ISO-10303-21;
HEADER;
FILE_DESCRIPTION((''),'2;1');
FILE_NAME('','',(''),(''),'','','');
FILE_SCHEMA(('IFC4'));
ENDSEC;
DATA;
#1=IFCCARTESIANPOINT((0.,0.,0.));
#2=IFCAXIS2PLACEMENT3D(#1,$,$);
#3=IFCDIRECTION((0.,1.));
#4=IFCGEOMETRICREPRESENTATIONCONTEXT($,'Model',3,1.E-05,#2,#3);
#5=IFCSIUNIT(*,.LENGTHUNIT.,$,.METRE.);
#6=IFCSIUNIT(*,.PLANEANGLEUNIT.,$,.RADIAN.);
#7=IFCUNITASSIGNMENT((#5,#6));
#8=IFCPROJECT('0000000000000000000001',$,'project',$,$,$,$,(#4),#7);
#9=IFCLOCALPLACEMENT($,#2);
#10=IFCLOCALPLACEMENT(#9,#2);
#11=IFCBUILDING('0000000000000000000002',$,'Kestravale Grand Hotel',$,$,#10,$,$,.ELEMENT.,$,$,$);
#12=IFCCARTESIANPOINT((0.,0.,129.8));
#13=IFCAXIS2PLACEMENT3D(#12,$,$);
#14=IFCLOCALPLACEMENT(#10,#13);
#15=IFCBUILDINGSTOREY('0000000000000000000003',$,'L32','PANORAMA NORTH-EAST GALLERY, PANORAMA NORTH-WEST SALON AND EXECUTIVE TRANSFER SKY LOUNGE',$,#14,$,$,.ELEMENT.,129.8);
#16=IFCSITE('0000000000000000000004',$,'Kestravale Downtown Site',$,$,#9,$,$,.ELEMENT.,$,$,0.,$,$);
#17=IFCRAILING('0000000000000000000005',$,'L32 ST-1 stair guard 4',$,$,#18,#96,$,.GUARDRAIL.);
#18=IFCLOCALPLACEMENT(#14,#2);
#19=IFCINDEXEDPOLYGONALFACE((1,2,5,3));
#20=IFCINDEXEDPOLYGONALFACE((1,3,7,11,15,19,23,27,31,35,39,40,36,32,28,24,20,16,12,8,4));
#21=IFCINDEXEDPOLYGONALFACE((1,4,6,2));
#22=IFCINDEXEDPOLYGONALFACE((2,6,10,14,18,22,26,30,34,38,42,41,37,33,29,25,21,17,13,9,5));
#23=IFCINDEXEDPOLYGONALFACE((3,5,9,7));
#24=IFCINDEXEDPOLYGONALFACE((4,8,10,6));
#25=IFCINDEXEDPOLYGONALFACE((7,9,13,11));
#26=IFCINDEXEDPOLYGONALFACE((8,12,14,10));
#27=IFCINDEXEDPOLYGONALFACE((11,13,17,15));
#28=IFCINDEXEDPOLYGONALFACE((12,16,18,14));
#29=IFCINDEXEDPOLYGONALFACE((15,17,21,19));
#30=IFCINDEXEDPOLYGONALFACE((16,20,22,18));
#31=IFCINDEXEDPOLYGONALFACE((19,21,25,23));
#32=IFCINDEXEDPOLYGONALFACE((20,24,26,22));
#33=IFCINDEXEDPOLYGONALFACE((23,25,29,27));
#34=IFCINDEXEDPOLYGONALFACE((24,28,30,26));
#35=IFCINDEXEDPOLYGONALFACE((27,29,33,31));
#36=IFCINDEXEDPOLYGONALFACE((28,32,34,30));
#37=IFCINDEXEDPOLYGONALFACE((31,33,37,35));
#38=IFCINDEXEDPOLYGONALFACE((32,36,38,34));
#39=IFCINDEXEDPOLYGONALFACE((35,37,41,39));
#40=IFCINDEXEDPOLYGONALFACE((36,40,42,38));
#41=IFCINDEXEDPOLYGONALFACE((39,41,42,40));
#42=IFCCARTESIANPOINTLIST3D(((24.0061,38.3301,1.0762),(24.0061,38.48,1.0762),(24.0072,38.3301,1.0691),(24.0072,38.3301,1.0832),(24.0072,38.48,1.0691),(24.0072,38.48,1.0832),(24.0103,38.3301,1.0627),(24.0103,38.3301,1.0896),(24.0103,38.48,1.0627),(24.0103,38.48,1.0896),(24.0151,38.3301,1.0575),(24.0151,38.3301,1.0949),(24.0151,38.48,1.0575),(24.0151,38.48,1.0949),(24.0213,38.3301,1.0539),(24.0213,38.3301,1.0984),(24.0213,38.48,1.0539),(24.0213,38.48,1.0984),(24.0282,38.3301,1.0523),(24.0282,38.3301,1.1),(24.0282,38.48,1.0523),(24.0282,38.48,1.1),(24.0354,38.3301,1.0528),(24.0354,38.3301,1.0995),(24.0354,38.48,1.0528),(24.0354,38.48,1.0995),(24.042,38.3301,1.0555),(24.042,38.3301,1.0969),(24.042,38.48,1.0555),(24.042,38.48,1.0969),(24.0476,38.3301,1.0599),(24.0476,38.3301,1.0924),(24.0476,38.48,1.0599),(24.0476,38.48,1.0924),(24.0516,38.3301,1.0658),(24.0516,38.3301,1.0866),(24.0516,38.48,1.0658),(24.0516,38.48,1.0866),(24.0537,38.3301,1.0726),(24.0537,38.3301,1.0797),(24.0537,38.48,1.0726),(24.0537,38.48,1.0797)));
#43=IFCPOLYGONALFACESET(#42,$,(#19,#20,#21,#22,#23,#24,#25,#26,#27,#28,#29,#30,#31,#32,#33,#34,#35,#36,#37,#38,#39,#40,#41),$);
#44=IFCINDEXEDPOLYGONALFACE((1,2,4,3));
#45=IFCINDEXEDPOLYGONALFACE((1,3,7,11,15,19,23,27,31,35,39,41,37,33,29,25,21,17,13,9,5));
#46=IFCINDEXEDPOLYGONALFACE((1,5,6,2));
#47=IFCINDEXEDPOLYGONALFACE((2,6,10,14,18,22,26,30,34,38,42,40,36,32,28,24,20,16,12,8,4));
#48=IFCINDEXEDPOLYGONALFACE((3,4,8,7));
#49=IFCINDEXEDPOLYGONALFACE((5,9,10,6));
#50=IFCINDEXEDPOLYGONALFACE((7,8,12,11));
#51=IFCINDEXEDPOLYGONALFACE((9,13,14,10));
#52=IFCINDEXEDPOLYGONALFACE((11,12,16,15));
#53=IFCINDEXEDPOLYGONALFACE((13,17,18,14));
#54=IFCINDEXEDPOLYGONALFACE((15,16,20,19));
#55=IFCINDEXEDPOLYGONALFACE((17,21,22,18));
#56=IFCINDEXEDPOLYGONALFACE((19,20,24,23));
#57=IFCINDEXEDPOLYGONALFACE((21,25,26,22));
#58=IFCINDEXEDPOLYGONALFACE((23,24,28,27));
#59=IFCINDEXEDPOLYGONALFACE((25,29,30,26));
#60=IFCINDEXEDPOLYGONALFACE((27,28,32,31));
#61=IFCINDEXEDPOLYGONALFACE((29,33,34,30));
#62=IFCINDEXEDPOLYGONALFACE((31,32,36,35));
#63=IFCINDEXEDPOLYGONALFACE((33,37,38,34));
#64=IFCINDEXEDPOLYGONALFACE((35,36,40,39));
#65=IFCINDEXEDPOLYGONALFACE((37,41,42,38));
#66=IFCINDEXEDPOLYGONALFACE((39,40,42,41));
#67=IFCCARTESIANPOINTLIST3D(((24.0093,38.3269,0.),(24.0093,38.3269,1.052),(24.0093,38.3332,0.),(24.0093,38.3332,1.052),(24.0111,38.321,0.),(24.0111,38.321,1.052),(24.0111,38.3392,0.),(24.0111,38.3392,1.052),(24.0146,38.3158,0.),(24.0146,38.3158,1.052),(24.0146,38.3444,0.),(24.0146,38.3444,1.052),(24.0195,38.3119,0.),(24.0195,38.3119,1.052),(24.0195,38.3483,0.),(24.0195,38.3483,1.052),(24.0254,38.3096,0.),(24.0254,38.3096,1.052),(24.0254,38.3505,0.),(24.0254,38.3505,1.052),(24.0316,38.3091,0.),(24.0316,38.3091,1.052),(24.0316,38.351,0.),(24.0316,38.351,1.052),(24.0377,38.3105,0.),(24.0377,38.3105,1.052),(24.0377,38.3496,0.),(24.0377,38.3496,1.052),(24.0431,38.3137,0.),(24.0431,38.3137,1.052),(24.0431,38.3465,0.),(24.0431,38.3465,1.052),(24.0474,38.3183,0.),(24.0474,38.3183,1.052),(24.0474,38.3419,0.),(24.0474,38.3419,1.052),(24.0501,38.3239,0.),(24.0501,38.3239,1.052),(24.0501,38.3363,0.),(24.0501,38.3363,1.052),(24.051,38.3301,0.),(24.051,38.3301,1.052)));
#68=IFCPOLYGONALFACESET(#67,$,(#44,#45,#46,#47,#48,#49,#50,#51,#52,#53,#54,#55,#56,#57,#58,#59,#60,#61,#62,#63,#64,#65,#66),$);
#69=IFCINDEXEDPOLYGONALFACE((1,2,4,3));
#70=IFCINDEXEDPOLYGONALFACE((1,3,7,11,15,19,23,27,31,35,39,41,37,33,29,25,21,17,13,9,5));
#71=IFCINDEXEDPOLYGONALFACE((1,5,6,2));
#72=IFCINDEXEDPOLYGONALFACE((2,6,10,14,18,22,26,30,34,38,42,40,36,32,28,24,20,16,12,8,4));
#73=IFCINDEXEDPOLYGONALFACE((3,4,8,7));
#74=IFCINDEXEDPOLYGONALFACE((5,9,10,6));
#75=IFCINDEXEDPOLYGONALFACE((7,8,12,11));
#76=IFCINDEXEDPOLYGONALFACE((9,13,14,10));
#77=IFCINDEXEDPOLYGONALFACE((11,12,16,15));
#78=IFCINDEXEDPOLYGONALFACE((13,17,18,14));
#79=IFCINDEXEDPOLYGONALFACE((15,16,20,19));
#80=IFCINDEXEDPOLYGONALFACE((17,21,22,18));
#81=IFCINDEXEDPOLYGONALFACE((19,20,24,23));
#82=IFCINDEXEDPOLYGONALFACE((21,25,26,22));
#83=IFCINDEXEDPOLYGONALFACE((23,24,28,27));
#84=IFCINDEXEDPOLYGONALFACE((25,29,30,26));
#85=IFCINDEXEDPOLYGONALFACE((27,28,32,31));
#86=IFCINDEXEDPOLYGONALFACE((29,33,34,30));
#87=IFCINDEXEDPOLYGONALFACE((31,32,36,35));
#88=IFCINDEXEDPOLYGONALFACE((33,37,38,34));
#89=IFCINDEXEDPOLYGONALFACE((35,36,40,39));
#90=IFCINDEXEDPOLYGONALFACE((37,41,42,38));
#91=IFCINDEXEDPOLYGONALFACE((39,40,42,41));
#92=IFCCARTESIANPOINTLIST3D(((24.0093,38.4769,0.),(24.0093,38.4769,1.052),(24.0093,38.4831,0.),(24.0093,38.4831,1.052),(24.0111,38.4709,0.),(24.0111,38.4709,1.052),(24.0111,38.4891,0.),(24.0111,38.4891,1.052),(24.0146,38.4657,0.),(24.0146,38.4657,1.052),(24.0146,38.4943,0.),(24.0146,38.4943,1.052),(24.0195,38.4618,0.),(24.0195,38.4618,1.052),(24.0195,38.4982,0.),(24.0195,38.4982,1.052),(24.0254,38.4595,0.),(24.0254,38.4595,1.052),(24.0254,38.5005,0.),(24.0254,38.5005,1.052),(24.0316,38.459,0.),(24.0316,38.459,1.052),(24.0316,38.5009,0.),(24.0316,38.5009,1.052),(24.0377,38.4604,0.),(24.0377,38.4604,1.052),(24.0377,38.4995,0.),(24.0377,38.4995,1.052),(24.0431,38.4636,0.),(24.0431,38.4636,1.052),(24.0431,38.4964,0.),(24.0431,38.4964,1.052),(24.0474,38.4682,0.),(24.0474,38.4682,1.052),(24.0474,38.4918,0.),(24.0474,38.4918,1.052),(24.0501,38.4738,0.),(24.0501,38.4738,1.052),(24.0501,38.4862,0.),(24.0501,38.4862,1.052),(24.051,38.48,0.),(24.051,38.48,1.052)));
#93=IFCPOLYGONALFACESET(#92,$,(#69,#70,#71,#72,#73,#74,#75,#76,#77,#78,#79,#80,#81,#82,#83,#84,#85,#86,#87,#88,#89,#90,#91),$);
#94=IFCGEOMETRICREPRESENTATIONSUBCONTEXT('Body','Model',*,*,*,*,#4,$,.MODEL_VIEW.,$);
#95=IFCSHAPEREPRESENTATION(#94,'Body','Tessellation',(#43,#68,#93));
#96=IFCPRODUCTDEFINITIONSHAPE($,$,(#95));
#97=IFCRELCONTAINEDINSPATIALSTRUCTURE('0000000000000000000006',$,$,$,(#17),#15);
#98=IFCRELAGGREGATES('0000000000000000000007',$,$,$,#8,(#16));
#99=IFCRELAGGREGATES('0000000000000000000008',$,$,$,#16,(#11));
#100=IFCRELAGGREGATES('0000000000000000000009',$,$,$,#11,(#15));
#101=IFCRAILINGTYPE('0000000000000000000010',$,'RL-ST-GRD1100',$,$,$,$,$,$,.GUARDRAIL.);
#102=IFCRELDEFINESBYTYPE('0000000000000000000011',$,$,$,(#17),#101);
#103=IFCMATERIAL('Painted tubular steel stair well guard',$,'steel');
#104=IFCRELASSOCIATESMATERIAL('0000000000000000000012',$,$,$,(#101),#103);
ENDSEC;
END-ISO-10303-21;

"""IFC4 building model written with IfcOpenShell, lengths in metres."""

from ifc_helpers import new_model, si_unit, direction, frame, origin, origin_2d, place, context, subcontext, project, spatial, circle, extrude, material, type_object, element, save


model = new_model("IFC4")

# Units and contexts
model_context = context("Model", 3, precision=1e-05, world=origin(), true_north=direction((0.0, 1.0)))
body_context = subcontext(model_context, "Body", "Model", "MODEL_VIEW")
ifc_project = project(units=[si_unit("LENGTHUNIT", "METRE"), si_unit("PLANEANGLEUNIT", "RADIAN")], contexts=[model_context])

# Site, building, storey
site_placement = place(None, origin())
site = spatial("IfcSite", under=ifc_project, at=site_placement, Name="Kestravale Downtown Site", CompositionType="ELEMENT", RefElevation=0.0)
building_placement = place(site_placement, origin())
building = spatial("IfcBuilding", under=site, at=building_placement, Name="Kestravale Grand Hotel", CompositionType="ELEMENT")
storey_placement = place(building_placement, frame((0.0, 0.0, 129.8)))
storey = spatial("IfcBuildingStorey", under=building, at=storey_placement, Name="L32", Description="PANORAMA NORTH-EAST GALLERY, PANORAMA NORTH-WEST SALON AND EXECUTIVE TRANSFER SKY LOUNGE", CompositionType="ELEMENT", Elevation=129.8)

# Railing
ifc_material_1 = material(Name="Painted tubular steel stair well guard", Category="steel")
railing_type_1 = type_object("IfcRailingType", Name="RL-ST-GRD1100", PredefinedType="GUARDRAIL", material=ifc_material_1)
railing_1_placement = place(storey_placement, frame((24.03, 38.3301, 0.0)))
element("IfcRailing", 1, at=railing_1_placement, inside=storey, type_object=railing_type_1, Name="L32 ST-1 stair guard 4", PredefinedType="GUARDRAIL", context=body_context, shape_type="SweptSolid", body=[
    extrude(circle(Radius=0.0239, at=origin_2d()), frame((0.0, 0.0, 1.0762), z_axis=(0.0, 1.0, 0.0), x_axis=(-1.0, 0.0, 0.0)), (0.0, 0.0, 1.0), 0.1499),
    extrude(circle(Radius=0.021, at=origin_2d()), origin(), (0.0, 0.0, 1.0), 1.052),
    extrude(circle(Radius=0.021, at=origin_2d()), frame((0.0, 0.1499, 0.0)), (0.0, 0.0, 1.0), 1.052),
])

save(model, "model.ifc")
